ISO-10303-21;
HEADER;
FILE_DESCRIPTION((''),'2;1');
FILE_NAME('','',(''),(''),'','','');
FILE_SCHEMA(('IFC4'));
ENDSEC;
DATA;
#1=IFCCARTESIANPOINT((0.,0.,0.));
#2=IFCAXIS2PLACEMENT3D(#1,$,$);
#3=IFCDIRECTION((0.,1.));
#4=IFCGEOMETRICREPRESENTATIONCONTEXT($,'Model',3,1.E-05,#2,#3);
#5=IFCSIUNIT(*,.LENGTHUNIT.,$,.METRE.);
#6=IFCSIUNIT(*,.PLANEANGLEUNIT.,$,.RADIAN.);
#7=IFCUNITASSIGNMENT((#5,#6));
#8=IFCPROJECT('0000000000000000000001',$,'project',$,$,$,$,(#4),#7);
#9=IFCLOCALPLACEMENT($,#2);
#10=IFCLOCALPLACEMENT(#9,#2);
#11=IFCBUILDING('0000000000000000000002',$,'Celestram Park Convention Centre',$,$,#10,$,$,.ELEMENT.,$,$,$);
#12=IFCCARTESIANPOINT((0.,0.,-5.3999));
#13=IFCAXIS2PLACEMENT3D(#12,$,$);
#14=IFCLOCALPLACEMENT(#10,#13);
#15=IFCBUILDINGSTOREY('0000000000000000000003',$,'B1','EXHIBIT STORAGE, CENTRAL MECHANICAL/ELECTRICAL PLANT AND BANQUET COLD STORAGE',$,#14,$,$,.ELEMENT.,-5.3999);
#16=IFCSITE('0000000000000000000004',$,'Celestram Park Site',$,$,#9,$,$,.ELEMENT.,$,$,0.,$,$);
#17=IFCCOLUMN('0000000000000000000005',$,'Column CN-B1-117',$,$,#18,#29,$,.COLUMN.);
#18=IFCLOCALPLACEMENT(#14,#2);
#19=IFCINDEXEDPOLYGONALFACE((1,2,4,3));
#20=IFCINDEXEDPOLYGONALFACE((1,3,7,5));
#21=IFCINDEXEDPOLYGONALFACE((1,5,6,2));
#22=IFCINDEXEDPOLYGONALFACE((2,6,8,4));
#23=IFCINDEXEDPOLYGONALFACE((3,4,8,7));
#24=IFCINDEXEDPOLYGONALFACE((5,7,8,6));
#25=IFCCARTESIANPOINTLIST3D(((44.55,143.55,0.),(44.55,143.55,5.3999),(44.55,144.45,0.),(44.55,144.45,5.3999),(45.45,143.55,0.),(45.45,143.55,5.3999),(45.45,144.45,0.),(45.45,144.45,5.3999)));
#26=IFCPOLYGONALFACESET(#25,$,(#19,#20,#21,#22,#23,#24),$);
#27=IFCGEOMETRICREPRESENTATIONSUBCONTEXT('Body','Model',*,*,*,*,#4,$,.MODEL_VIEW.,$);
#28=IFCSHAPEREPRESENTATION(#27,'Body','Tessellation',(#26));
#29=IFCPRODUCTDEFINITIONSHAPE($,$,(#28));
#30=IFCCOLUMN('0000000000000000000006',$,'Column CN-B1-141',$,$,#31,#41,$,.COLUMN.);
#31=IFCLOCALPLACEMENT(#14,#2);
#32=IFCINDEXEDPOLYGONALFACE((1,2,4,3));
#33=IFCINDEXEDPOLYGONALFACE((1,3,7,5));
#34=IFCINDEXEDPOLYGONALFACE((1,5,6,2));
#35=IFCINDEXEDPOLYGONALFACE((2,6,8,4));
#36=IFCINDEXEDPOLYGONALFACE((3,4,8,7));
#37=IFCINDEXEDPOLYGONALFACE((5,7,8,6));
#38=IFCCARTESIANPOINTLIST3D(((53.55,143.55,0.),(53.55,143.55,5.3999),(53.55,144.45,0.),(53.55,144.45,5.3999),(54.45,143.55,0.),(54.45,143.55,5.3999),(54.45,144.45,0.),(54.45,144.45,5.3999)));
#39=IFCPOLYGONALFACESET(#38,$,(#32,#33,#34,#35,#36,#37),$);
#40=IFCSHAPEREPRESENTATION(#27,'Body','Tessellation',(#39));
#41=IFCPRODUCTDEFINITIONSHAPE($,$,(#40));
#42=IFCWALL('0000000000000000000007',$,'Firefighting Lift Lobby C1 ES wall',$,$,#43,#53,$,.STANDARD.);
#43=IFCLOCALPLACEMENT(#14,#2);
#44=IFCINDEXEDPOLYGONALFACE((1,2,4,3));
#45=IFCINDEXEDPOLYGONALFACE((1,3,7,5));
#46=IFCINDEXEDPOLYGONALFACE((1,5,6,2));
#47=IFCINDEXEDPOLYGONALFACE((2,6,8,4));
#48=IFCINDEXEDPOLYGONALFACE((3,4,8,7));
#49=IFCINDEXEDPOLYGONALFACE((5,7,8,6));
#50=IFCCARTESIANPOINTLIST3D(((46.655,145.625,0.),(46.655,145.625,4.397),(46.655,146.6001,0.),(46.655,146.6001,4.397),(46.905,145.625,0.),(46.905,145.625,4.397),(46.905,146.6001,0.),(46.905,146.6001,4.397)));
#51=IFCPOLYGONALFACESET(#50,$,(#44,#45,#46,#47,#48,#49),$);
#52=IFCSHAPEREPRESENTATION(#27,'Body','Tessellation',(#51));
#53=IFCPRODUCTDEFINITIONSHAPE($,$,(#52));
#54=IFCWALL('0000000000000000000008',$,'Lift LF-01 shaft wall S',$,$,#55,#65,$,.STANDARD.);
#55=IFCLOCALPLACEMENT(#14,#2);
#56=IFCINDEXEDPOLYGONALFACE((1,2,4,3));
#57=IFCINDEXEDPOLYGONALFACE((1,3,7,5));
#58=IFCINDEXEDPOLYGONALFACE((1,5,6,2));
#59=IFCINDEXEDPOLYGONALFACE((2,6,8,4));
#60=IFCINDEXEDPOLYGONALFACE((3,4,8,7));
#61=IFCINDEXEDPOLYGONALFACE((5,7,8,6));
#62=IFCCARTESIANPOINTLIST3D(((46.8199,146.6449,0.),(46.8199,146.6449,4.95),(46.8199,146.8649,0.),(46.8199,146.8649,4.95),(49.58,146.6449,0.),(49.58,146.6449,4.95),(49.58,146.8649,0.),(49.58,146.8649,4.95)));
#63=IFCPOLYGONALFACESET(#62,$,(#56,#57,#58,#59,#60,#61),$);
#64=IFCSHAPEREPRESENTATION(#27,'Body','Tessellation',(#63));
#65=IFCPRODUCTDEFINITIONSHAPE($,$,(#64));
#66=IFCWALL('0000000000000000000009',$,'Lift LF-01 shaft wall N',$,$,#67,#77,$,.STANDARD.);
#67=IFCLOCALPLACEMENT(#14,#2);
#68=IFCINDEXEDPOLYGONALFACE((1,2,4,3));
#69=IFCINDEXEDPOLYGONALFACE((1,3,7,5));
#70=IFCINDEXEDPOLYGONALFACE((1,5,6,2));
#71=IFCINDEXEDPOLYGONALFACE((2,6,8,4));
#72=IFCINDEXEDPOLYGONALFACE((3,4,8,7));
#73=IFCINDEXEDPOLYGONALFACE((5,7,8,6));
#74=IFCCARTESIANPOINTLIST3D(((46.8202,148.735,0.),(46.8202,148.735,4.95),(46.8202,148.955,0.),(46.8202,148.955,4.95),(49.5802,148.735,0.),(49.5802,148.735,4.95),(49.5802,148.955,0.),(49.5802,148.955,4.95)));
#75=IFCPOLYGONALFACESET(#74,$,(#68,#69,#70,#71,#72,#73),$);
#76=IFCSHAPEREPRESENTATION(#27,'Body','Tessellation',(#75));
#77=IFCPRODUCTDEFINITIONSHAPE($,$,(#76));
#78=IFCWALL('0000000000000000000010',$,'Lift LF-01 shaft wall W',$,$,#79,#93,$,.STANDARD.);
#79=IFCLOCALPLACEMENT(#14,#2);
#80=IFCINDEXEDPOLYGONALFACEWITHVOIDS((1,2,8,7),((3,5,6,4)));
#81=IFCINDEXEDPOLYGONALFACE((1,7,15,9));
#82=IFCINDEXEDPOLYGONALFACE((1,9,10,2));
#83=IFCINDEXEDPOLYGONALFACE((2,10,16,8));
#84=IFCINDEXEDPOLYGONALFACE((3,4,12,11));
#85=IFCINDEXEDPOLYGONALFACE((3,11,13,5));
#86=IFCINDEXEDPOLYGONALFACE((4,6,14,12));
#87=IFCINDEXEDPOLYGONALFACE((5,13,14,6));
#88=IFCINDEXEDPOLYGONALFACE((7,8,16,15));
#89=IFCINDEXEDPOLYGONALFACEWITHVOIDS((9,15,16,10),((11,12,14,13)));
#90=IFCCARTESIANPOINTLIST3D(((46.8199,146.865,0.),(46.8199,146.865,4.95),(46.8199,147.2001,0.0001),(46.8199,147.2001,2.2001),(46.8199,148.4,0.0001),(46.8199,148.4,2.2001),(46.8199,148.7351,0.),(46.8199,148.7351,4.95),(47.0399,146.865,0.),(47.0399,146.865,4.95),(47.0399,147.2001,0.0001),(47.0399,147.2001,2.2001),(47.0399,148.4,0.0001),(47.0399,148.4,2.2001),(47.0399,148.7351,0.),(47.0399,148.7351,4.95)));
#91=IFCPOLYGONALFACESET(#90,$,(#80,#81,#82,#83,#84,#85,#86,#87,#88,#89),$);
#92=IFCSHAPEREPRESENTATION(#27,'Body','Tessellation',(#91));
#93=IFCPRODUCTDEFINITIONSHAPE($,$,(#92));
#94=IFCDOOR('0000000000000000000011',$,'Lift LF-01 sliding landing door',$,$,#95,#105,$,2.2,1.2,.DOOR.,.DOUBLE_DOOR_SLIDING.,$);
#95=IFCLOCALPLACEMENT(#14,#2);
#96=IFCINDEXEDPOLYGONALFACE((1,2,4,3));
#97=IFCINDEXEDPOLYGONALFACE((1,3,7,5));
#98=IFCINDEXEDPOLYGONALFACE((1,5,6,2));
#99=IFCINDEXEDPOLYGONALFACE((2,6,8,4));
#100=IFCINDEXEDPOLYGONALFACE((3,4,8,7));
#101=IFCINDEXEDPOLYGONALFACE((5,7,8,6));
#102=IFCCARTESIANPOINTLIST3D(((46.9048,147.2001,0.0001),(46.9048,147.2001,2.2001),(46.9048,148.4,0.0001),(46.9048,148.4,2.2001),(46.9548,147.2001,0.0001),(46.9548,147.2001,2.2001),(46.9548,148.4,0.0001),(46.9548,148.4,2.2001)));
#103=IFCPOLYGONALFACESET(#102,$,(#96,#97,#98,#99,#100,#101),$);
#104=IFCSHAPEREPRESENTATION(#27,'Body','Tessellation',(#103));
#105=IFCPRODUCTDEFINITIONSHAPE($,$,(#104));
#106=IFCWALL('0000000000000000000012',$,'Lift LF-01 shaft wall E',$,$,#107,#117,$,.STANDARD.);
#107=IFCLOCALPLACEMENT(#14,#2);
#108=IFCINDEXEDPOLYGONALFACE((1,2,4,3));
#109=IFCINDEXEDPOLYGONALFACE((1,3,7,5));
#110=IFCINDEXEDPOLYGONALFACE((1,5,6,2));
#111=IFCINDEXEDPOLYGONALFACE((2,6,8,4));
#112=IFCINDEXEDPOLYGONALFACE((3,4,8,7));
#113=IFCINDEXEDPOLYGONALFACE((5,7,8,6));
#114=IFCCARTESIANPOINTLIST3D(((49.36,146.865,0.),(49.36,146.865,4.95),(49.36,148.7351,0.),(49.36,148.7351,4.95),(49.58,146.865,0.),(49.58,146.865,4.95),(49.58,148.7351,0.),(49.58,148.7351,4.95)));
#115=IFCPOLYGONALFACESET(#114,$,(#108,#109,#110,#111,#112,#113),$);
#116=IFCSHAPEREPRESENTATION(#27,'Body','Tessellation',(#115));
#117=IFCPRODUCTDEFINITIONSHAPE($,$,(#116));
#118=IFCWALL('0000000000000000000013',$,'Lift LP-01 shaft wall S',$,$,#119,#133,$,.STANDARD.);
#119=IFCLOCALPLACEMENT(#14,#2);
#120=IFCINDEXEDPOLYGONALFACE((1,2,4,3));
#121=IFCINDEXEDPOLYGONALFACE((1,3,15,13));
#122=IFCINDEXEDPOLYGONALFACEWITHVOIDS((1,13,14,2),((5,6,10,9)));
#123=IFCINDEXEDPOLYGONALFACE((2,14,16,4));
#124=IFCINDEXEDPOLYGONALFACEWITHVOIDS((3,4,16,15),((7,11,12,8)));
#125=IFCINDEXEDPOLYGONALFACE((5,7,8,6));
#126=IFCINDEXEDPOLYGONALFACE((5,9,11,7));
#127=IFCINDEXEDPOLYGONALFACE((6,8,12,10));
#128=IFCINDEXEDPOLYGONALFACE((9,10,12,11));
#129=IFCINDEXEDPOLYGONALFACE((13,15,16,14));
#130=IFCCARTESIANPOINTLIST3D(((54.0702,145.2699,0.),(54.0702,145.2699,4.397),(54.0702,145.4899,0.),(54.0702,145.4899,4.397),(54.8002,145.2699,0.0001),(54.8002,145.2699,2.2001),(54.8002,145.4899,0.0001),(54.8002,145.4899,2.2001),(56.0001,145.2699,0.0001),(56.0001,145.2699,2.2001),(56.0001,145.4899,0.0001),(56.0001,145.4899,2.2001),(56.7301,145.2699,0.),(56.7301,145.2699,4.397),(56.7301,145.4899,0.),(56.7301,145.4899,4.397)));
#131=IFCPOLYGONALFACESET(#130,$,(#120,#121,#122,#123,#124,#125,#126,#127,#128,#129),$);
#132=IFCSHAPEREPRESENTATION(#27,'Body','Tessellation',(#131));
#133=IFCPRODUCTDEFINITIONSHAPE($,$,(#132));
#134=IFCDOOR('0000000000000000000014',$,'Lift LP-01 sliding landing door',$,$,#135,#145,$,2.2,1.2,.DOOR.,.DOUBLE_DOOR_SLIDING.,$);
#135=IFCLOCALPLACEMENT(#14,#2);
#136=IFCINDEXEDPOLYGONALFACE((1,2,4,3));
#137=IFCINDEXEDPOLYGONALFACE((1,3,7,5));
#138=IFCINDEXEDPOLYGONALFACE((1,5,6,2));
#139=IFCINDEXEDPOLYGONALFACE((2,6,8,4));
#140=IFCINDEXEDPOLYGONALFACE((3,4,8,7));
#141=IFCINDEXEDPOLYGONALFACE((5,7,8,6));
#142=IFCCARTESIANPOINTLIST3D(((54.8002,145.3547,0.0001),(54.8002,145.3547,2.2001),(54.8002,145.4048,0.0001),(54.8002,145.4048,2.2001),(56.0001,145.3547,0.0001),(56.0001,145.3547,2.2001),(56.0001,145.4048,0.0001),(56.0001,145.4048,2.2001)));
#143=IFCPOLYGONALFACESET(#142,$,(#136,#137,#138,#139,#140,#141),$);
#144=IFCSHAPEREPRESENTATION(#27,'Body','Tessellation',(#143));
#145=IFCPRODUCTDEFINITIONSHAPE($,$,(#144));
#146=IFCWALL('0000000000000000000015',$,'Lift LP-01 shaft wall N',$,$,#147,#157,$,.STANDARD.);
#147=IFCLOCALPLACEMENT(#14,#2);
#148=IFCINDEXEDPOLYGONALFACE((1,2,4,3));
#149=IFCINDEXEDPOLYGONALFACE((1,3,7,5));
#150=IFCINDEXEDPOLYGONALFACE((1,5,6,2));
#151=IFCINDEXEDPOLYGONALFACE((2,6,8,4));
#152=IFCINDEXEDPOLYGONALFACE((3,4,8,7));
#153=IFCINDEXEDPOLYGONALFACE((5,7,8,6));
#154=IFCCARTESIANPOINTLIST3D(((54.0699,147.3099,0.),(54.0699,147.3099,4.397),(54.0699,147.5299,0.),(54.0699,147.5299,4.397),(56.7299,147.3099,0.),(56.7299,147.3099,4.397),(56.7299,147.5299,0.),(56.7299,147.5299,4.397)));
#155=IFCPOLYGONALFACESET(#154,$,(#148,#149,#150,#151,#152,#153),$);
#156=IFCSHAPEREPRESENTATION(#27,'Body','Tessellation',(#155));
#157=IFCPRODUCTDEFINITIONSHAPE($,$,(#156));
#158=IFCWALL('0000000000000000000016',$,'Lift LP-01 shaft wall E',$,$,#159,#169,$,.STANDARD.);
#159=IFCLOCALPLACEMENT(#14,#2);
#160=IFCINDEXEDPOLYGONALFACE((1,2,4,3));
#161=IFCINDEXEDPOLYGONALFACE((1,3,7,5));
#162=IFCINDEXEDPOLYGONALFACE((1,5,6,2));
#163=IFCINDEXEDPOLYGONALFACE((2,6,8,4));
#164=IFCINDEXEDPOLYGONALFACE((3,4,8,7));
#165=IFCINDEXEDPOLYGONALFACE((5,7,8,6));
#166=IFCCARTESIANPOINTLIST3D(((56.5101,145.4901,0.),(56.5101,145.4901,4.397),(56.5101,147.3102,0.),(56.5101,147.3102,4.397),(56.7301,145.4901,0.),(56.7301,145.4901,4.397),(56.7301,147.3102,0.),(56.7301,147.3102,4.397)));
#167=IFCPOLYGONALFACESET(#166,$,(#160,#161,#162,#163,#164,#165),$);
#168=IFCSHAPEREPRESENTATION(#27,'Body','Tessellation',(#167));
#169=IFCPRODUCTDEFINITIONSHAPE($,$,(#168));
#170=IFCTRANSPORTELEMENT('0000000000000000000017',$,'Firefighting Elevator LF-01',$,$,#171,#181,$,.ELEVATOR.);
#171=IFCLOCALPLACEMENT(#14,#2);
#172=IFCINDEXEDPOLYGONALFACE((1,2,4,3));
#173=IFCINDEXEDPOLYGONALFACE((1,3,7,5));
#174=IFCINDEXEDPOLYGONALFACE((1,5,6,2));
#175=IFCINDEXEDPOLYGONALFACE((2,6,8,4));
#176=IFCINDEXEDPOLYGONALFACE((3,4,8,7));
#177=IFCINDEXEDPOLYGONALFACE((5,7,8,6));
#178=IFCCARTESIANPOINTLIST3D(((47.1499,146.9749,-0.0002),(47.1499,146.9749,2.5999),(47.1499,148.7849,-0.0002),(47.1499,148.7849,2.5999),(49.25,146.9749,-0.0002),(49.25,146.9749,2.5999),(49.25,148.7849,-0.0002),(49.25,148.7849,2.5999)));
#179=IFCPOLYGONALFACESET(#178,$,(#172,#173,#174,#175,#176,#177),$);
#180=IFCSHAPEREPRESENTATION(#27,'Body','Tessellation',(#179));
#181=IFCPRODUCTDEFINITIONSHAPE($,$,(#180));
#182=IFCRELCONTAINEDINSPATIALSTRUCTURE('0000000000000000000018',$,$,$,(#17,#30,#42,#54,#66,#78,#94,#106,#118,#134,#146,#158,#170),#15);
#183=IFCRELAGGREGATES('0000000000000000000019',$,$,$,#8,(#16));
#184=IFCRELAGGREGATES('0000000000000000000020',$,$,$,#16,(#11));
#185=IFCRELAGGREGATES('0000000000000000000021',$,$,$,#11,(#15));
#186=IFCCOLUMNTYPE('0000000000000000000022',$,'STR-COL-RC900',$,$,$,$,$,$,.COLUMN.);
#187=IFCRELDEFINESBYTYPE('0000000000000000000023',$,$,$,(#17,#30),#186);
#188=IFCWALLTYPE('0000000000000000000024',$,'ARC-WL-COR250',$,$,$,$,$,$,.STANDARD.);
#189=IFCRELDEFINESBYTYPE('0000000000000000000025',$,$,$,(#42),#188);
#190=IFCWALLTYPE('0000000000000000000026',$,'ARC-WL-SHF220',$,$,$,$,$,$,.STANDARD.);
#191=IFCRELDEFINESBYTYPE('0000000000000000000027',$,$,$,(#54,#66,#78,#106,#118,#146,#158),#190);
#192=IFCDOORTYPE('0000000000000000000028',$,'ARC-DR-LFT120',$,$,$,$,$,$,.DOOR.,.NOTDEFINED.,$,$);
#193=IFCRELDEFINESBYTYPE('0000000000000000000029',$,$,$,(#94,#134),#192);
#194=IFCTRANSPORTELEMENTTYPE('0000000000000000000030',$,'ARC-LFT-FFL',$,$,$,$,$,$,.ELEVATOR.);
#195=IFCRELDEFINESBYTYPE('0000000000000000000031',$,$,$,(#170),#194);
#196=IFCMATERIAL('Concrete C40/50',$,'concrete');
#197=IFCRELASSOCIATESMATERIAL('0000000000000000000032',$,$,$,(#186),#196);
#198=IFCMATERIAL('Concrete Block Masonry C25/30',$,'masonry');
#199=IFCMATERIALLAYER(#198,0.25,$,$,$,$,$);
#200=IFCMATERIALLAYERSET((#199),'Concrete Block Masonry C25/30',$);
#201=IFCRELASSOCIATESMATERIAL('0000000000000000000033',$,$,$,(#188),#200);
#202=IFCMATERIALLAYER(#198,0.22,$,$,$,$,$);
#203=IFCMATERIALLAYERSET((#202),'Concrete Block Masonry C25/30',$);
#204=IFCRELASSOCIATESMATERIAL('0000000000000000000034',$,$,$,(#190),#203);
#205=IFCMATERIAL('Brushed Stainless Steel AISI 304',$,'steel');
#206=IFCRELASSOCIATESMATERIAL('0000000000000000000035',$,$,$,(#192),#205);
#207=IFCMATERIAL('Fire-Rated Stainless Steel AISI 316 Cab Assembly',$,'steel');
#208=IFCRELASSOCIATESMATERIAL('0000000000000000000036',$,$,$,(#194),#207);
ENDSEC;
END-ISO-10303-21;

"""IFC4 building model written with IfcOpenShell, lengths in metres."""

from ifc_helpers import new_model, si_unit, direction, frame, frame_2d, origin, origin_2d, place, context, subcontext, project, spatial, rectangle, extrude, material, layer, layer_set, material_profile, profile_set, type_object, element, fill, save


model = new_model("IFC4")

# Units and contexts
model_context = context("Model", 3, precision=1e-05, world=origin(), true_north=direction((0.0, 1.0)))
body_context = subcontext(model_context, "Body", "Model", "MODEL_VIEW")
ifc_project = project(units=[si_unit("LENGTHUNIT", "METRE"), si_unit("PLANEANGLEUNIT", "RADIAN")], contexts=[model_context])

# Site, building, storey
site_placement = place(None, origin())
site = spatial("IfcSite", under=ifc_project, at=site_placement, Name="Celestram Park Site", CompositionType="ELEMENT", RefElevation=0.0)
building_placement = place(site_placement, origin())
building = spatial("IfcBuilding", under=site, at=building_placement, Name="Celestram Park Convention Centre", CompositionType="ELEMENT")
storey_placement = place(building_placement, frame((0.0, 0.0, -5.3999)))
storey = spatial("IfcBuildingStorey", under=building, at=storey_placement, Name="B1", Description="EXHIBIT STORAGE, CENTRAL MECHANICAL/ELECTRICAL PLANT AND BANQUET COLD STORAGE", CompositionType="ELEMENT", Elevation=-5.3999)

# Shared definitions
ifc_material_1 = material(Name="Concrete C40/50", Category="concrete")

# Columns
ifc_material_profile_1 = material_profile(ifc_material_1, rectangle(XDim=0.8999, YDim=0.8999, at=origin_2d()), Name="RC900X900")
ifc_profile_set_1 = profile_set([ifc_material_profile_1], Name="Concrete C40/50")
column_type = type_object("IfcColumnType", Name="STR-COL-RC900", PredefinedType="COLUMN", material=ifc_profile_set_1)
for number, where, z_axis, x_axis, name in (
    (1, (45.0, 144.0, 0.0), (0.0, 0.0, 1.0), (1.0, 0.0, 0.0), "Column CN-B1-117"),
    (2, (54.0, 144.0, 0.0), (0.0, 0.0, 1.0), (1.0, 0.0, 0.0), "Column CN-B1-141"),
):
    element("IfcColumn", number, at=place(storey_placement, frame(where, z_axis=z_axis, x_axis=x_axis)), inside=storey, type_object=column_type, Name=name, PredefinedType="COLUMN", context=body_context, shape_type="SweptSolid", body=[
        extrude(rectangle(XDim=0.8999, YDim=0.8999, at=origin_2d()), origin(), (0.0, 0.0, 1.0), 5.3999),
    ])

# Walls
ifc_material_2 = material(Name="Concrete Block Masonry C25/30", Category="masonry")
ifc_layer_1 = layer(ifc_material_2, 0.25)
ifc_layer_set_1 = layer_set([ifc_layer_1], Name="Concrete Block Masonry C25/30")
wall_type_1 = type_object("IfcWallType", Name="ARC-WL-COR250", PredefinedType="STANDARD", material=ifc_layer_set_1)
wall_1_placement = place(storey_placement, frame((46.78, 145.625, 0.0), z_axis=(0.0, 0.0, 1.0), x_axis=(0.0, 1.0, 0.0)))
element("IfcWall", 3, at=wall_1_placement, inside=storey, type_object=wall_type_1, Name="Firefighting Lift Lobby C1 ES wall", PredefinedType="STANDARD", context=body_context, shape_type="SweptSolid", body=[
    extrude(rectangle(XDim=0.9751, YDim=0.25, at=frame_2d((0.4875, 0.0))), origin(), (0.0, 0.0, 1.0), 4.397),
])
ifc_layer_2 = layer(ifc_material_2, 0.22)
ifc_layer_set_2 = layer_set([ifc_layer_2], Name="Concrete Block Masonry C25/30")
wall_type_2 = type_object("IfcWallType", Name="ARC-WL-SHF220", PredefinedType="STANDARD", material=ifc_layer_set_2)
for number, where, z_axis, x_axis, name in (
    (4, (46.8201, 146.7549, 0.0), (0.0, 0.0, 1.0), (1.0, 0.0, 0.0), "Lift LF-01 shaft wall S"),
    (5, (49.5801, 148.845, 0.0), (0.0, 0.0, 1.0), (-1.0, 0.0, 0.0), "Lift LF-01 shaft wall N"),
):
    element("IfcWall", number, at=place(storey_placement, frame(where, z_axis=z_axis, x_axis=x_axis)), inside=storey, type_object=wall_type_2, Name=name, PredefinedType="STANDARD", context=body_context, shape_type="SweptSolid", body=[
        extrude(rectangle(XDim=2.76, YDim=0.22, at=frame_2d((1.3799, 0.0))), origin(), (0.0, 0.0, 1.0), 4.95),
    ])

# Wall, opening, door
wall_2_placement = place(storey_placement, frame((46.9299, 148.7351, 0.0), z_axis=(0.0, 0.0, 1.0), x_axis=(0.0, -1.0, 0.0)))
wall_2 = element("IfcWall", 6, at=wall_2_placement, inside=storey, type_object=wall_type_2, Name="Lift LF-01 shaft wall W", PredefinedType="STANDARD", context=body_context, shape_type="SweptSolid", body=[
    extrude(rectangle(XDim=1.8701, YDim=0.22, at=frame_2d((0.9351, 0.0))), origin(), (0.0, 0.0, 1.0), 4.95),
])
opening_1_placement = place(wall_2_placement, frame((0.335, 0.0, 0.0)))
opening_1 = element("IfcOpeningElement", 7, at=opening_1_placement, cuts=wall_2, PredefinedType="OPENING", context=body_context, shape_type="SweptSolid", body=[
    extrude(rectangle(XDim=1.2, YDim=2.2, at=frame_2d((0.6001, 1.1001))), frame((0.0, 0.1199, 0.0), z_axis=(0.0, -1.0, 0.0), x_axis=(1.0, 0.0, 0.0)), (0.0, 0.0, 1.0), 0.24),
])
ifc_material_3 = material(Name="Brushed Stainless Steel AISI 304", Category="steel")
door_type = type_object("IfcDoorType", Name="ARC-DR-LFT120", OperationType="NOTDEFINED", PredefinedType="DOOR", material=ifc_material_3)
door_1_placement = place(opening_1_placement, origin())
door_1 = element("IfcDoor", 8, at=door_1_placement, inside=storey, type_object=door_type, Name="Lift LF-01 sliding landing door", OperationType="DOUBLE_DOOR_SLIDING", OverallHeight=2.2, OverallWidth=1.2, PredefinedType="DOOR", context=body_context, shape_type="SweptSolid", body=[
    extrude(rectangle(XDim=1.2, YDim=2.2, at=frame_2d((0.6001, 1.1001))), frame((0.0, 0.0249, 0.0), z_axis=(0.0, -1.0, 0.0), x_axis=(1.0, 0.0, 0.0)), (0.0, 0.0, 1.0), 0.05),
])
fill(opening_1, door_1)

# Wall
wall_3_placement = place(storey_placement, frame((49.47, 146.865, 0.0), z_axis=(0.0, 0.0, 1.0), x_axis=(0.0, 1.0, 0.0)))
element("IfcWall", 9, at=wall_3_placement, inside=storey, type_object=wall_type_2, Name="Lift LF-01 shaft wall E", PredefinedType="STANDARD", context=body_context, shape_type="SweptSolid", body=[
    extrude(rectangle(XDim=1.8701, YDim=0.22, at=frame_2d((0.9351, 0.0))), origin(), (0.0, 0.0, 1.0), 4.95),
])

# Wall, opening, door
wall_4_placement = place(storey_placement, frame((54.0701, 145.3799, 0.0), z_axis=(0.0, 0.0, 1.0), x_axis=(1.0, 0.0, 0.0)))
wall_4 = element("IfcWall", 10, at=wall_4_placement, inside=storey, type_object=wall_type_2, Name="Lift LP-01 shaft wall S", PredefinedType="STANDARD", context=body_context, shape_type="SweptSolid", body=[
    extrude(rectangle(XDim=2.6599, YDim=0.22, at=frame_2d((1.3301, 0.0))), origin(), (0.0, 0.0, 1.0), 4.397),
])
opening_2_placement = place(wall_4_placement, frame((0.73, 0.0, 0.0)))
opening_2 = element("IfcOpeningElement", 11, at=opening_2_placement, cuts=wall_4, PredefinedType="OPENING", context=body_context, shape_type="SweptSolid", body=[
    extrude(rectangle(XDim=1.2, YDim=2.2, at=frame_2d((0.6001, 1.1001))), frame((0.0, 0.1199, 0.0), z_axis=(0.0, -1.0, 0.0), x_axis=(1.0, 0.0, 0.0)), (0.0, 0.0, 1.0), 0.24),
])
door_2_placement = place(opening_2_placement, origin())
door_2 = element("IfcDoor", 12, at=door_2_placement, inside=storey, type_object=door_type, Name="Lift LP-01 sliding landing door", OperationType="DOUBLE_DOOR_SLIDING", OverallHeight=2.2, OverallWidth=1.2, PredefinedType="DOOR", context=body_context, shape_type="SweptSolid", body=[
    extrude(rectangle(XDim=1.2, YDim=2.2, at=frame_2d((0.6001, 1.1001))), frame((0.0, 0.0249, 0.0), z_axis=(0.0, -1.0, 0.0), x_axis=(1.0, 0.0, 0.0)), (0.0, 0.0, 1.0), 0.05),
])
fill(opening_2, door_2)

# Walls
wall_5_placement = place(storey_placement, frame((56.73, 147.4199, 0.0), z_axis=(0.0, 0.0, 1.0), x_axis=(-1.0, 0.0, 0.0)))
element("IfcWall", 13, at=wall_5_placement, inside=storey, type_object=wall_type_2, Name="Lift LP-01 shaft wall N", PredefinedType="STANDARD", context=body_context, shape_type="SweptSolid", body=[
    extrude(rectangle(XDim=2.6599, YDim=0.22, at=frame_2d((1.3301, 0.0))), origin(), (0.0, 0.0, 1.0), 4.397),
])
for number, where, z_axis, x_axis, name in (
    (14, (56.6201, 145.49, 0.0), (0.0, 0.0, 1.0), (0.0, 1.0, 0.0), "Lift LP-01 shaft wall E"),
):
    element("IfcWall", number, at=place(storey_placement, frame(where, z_axis=z_axis, x_axis=x_axis)), inside=storey, type_object=wall_type_2, Name=name, PredefinedType="STANDARD", context=body_context, shape_type="SweptSolid", body=[
        extrude(rectangle(XDim=1.8201, YDim=0.22, at=frame_2d((0.9102, 0.0))), origin(), (0.0, 0.0, 1.0), 4.397),
    ])

# Transport element
ifc_material_4 = material(Name="Fire-Rated Stainless Steel AISI 316 Cab Assembly", Category="steel")
transport_element_type_1 = type_object("IfcTransportElementType", Name="ARC-LFT-FFL", PredefinedType="ELEVATOR", material=ifc_material_4)
transport_element_1_placement = place(storey_placement, frame((48.2, 147.8799, -0.0002), z_axis=(0.0, 0.0, 1.0), x_axis=(1.0, 0.0, 0.0)))
element("IfcTransportElement", 15, at=transport_element_1_placement, inside=storey, type_object=transport_element_type_1, Name="Firefighting Elevator LF-01", PredefinedType="ELEVATOR", context=body_context, shape_type="SweptSolid", body=[
    extrude(rectangle(XDim=2.1001, YDim=1.8101, at=origin_2d()), origin(), (0.0, 0.0, 1.0), 2.6001),
])

save(model, "model.ifc")
